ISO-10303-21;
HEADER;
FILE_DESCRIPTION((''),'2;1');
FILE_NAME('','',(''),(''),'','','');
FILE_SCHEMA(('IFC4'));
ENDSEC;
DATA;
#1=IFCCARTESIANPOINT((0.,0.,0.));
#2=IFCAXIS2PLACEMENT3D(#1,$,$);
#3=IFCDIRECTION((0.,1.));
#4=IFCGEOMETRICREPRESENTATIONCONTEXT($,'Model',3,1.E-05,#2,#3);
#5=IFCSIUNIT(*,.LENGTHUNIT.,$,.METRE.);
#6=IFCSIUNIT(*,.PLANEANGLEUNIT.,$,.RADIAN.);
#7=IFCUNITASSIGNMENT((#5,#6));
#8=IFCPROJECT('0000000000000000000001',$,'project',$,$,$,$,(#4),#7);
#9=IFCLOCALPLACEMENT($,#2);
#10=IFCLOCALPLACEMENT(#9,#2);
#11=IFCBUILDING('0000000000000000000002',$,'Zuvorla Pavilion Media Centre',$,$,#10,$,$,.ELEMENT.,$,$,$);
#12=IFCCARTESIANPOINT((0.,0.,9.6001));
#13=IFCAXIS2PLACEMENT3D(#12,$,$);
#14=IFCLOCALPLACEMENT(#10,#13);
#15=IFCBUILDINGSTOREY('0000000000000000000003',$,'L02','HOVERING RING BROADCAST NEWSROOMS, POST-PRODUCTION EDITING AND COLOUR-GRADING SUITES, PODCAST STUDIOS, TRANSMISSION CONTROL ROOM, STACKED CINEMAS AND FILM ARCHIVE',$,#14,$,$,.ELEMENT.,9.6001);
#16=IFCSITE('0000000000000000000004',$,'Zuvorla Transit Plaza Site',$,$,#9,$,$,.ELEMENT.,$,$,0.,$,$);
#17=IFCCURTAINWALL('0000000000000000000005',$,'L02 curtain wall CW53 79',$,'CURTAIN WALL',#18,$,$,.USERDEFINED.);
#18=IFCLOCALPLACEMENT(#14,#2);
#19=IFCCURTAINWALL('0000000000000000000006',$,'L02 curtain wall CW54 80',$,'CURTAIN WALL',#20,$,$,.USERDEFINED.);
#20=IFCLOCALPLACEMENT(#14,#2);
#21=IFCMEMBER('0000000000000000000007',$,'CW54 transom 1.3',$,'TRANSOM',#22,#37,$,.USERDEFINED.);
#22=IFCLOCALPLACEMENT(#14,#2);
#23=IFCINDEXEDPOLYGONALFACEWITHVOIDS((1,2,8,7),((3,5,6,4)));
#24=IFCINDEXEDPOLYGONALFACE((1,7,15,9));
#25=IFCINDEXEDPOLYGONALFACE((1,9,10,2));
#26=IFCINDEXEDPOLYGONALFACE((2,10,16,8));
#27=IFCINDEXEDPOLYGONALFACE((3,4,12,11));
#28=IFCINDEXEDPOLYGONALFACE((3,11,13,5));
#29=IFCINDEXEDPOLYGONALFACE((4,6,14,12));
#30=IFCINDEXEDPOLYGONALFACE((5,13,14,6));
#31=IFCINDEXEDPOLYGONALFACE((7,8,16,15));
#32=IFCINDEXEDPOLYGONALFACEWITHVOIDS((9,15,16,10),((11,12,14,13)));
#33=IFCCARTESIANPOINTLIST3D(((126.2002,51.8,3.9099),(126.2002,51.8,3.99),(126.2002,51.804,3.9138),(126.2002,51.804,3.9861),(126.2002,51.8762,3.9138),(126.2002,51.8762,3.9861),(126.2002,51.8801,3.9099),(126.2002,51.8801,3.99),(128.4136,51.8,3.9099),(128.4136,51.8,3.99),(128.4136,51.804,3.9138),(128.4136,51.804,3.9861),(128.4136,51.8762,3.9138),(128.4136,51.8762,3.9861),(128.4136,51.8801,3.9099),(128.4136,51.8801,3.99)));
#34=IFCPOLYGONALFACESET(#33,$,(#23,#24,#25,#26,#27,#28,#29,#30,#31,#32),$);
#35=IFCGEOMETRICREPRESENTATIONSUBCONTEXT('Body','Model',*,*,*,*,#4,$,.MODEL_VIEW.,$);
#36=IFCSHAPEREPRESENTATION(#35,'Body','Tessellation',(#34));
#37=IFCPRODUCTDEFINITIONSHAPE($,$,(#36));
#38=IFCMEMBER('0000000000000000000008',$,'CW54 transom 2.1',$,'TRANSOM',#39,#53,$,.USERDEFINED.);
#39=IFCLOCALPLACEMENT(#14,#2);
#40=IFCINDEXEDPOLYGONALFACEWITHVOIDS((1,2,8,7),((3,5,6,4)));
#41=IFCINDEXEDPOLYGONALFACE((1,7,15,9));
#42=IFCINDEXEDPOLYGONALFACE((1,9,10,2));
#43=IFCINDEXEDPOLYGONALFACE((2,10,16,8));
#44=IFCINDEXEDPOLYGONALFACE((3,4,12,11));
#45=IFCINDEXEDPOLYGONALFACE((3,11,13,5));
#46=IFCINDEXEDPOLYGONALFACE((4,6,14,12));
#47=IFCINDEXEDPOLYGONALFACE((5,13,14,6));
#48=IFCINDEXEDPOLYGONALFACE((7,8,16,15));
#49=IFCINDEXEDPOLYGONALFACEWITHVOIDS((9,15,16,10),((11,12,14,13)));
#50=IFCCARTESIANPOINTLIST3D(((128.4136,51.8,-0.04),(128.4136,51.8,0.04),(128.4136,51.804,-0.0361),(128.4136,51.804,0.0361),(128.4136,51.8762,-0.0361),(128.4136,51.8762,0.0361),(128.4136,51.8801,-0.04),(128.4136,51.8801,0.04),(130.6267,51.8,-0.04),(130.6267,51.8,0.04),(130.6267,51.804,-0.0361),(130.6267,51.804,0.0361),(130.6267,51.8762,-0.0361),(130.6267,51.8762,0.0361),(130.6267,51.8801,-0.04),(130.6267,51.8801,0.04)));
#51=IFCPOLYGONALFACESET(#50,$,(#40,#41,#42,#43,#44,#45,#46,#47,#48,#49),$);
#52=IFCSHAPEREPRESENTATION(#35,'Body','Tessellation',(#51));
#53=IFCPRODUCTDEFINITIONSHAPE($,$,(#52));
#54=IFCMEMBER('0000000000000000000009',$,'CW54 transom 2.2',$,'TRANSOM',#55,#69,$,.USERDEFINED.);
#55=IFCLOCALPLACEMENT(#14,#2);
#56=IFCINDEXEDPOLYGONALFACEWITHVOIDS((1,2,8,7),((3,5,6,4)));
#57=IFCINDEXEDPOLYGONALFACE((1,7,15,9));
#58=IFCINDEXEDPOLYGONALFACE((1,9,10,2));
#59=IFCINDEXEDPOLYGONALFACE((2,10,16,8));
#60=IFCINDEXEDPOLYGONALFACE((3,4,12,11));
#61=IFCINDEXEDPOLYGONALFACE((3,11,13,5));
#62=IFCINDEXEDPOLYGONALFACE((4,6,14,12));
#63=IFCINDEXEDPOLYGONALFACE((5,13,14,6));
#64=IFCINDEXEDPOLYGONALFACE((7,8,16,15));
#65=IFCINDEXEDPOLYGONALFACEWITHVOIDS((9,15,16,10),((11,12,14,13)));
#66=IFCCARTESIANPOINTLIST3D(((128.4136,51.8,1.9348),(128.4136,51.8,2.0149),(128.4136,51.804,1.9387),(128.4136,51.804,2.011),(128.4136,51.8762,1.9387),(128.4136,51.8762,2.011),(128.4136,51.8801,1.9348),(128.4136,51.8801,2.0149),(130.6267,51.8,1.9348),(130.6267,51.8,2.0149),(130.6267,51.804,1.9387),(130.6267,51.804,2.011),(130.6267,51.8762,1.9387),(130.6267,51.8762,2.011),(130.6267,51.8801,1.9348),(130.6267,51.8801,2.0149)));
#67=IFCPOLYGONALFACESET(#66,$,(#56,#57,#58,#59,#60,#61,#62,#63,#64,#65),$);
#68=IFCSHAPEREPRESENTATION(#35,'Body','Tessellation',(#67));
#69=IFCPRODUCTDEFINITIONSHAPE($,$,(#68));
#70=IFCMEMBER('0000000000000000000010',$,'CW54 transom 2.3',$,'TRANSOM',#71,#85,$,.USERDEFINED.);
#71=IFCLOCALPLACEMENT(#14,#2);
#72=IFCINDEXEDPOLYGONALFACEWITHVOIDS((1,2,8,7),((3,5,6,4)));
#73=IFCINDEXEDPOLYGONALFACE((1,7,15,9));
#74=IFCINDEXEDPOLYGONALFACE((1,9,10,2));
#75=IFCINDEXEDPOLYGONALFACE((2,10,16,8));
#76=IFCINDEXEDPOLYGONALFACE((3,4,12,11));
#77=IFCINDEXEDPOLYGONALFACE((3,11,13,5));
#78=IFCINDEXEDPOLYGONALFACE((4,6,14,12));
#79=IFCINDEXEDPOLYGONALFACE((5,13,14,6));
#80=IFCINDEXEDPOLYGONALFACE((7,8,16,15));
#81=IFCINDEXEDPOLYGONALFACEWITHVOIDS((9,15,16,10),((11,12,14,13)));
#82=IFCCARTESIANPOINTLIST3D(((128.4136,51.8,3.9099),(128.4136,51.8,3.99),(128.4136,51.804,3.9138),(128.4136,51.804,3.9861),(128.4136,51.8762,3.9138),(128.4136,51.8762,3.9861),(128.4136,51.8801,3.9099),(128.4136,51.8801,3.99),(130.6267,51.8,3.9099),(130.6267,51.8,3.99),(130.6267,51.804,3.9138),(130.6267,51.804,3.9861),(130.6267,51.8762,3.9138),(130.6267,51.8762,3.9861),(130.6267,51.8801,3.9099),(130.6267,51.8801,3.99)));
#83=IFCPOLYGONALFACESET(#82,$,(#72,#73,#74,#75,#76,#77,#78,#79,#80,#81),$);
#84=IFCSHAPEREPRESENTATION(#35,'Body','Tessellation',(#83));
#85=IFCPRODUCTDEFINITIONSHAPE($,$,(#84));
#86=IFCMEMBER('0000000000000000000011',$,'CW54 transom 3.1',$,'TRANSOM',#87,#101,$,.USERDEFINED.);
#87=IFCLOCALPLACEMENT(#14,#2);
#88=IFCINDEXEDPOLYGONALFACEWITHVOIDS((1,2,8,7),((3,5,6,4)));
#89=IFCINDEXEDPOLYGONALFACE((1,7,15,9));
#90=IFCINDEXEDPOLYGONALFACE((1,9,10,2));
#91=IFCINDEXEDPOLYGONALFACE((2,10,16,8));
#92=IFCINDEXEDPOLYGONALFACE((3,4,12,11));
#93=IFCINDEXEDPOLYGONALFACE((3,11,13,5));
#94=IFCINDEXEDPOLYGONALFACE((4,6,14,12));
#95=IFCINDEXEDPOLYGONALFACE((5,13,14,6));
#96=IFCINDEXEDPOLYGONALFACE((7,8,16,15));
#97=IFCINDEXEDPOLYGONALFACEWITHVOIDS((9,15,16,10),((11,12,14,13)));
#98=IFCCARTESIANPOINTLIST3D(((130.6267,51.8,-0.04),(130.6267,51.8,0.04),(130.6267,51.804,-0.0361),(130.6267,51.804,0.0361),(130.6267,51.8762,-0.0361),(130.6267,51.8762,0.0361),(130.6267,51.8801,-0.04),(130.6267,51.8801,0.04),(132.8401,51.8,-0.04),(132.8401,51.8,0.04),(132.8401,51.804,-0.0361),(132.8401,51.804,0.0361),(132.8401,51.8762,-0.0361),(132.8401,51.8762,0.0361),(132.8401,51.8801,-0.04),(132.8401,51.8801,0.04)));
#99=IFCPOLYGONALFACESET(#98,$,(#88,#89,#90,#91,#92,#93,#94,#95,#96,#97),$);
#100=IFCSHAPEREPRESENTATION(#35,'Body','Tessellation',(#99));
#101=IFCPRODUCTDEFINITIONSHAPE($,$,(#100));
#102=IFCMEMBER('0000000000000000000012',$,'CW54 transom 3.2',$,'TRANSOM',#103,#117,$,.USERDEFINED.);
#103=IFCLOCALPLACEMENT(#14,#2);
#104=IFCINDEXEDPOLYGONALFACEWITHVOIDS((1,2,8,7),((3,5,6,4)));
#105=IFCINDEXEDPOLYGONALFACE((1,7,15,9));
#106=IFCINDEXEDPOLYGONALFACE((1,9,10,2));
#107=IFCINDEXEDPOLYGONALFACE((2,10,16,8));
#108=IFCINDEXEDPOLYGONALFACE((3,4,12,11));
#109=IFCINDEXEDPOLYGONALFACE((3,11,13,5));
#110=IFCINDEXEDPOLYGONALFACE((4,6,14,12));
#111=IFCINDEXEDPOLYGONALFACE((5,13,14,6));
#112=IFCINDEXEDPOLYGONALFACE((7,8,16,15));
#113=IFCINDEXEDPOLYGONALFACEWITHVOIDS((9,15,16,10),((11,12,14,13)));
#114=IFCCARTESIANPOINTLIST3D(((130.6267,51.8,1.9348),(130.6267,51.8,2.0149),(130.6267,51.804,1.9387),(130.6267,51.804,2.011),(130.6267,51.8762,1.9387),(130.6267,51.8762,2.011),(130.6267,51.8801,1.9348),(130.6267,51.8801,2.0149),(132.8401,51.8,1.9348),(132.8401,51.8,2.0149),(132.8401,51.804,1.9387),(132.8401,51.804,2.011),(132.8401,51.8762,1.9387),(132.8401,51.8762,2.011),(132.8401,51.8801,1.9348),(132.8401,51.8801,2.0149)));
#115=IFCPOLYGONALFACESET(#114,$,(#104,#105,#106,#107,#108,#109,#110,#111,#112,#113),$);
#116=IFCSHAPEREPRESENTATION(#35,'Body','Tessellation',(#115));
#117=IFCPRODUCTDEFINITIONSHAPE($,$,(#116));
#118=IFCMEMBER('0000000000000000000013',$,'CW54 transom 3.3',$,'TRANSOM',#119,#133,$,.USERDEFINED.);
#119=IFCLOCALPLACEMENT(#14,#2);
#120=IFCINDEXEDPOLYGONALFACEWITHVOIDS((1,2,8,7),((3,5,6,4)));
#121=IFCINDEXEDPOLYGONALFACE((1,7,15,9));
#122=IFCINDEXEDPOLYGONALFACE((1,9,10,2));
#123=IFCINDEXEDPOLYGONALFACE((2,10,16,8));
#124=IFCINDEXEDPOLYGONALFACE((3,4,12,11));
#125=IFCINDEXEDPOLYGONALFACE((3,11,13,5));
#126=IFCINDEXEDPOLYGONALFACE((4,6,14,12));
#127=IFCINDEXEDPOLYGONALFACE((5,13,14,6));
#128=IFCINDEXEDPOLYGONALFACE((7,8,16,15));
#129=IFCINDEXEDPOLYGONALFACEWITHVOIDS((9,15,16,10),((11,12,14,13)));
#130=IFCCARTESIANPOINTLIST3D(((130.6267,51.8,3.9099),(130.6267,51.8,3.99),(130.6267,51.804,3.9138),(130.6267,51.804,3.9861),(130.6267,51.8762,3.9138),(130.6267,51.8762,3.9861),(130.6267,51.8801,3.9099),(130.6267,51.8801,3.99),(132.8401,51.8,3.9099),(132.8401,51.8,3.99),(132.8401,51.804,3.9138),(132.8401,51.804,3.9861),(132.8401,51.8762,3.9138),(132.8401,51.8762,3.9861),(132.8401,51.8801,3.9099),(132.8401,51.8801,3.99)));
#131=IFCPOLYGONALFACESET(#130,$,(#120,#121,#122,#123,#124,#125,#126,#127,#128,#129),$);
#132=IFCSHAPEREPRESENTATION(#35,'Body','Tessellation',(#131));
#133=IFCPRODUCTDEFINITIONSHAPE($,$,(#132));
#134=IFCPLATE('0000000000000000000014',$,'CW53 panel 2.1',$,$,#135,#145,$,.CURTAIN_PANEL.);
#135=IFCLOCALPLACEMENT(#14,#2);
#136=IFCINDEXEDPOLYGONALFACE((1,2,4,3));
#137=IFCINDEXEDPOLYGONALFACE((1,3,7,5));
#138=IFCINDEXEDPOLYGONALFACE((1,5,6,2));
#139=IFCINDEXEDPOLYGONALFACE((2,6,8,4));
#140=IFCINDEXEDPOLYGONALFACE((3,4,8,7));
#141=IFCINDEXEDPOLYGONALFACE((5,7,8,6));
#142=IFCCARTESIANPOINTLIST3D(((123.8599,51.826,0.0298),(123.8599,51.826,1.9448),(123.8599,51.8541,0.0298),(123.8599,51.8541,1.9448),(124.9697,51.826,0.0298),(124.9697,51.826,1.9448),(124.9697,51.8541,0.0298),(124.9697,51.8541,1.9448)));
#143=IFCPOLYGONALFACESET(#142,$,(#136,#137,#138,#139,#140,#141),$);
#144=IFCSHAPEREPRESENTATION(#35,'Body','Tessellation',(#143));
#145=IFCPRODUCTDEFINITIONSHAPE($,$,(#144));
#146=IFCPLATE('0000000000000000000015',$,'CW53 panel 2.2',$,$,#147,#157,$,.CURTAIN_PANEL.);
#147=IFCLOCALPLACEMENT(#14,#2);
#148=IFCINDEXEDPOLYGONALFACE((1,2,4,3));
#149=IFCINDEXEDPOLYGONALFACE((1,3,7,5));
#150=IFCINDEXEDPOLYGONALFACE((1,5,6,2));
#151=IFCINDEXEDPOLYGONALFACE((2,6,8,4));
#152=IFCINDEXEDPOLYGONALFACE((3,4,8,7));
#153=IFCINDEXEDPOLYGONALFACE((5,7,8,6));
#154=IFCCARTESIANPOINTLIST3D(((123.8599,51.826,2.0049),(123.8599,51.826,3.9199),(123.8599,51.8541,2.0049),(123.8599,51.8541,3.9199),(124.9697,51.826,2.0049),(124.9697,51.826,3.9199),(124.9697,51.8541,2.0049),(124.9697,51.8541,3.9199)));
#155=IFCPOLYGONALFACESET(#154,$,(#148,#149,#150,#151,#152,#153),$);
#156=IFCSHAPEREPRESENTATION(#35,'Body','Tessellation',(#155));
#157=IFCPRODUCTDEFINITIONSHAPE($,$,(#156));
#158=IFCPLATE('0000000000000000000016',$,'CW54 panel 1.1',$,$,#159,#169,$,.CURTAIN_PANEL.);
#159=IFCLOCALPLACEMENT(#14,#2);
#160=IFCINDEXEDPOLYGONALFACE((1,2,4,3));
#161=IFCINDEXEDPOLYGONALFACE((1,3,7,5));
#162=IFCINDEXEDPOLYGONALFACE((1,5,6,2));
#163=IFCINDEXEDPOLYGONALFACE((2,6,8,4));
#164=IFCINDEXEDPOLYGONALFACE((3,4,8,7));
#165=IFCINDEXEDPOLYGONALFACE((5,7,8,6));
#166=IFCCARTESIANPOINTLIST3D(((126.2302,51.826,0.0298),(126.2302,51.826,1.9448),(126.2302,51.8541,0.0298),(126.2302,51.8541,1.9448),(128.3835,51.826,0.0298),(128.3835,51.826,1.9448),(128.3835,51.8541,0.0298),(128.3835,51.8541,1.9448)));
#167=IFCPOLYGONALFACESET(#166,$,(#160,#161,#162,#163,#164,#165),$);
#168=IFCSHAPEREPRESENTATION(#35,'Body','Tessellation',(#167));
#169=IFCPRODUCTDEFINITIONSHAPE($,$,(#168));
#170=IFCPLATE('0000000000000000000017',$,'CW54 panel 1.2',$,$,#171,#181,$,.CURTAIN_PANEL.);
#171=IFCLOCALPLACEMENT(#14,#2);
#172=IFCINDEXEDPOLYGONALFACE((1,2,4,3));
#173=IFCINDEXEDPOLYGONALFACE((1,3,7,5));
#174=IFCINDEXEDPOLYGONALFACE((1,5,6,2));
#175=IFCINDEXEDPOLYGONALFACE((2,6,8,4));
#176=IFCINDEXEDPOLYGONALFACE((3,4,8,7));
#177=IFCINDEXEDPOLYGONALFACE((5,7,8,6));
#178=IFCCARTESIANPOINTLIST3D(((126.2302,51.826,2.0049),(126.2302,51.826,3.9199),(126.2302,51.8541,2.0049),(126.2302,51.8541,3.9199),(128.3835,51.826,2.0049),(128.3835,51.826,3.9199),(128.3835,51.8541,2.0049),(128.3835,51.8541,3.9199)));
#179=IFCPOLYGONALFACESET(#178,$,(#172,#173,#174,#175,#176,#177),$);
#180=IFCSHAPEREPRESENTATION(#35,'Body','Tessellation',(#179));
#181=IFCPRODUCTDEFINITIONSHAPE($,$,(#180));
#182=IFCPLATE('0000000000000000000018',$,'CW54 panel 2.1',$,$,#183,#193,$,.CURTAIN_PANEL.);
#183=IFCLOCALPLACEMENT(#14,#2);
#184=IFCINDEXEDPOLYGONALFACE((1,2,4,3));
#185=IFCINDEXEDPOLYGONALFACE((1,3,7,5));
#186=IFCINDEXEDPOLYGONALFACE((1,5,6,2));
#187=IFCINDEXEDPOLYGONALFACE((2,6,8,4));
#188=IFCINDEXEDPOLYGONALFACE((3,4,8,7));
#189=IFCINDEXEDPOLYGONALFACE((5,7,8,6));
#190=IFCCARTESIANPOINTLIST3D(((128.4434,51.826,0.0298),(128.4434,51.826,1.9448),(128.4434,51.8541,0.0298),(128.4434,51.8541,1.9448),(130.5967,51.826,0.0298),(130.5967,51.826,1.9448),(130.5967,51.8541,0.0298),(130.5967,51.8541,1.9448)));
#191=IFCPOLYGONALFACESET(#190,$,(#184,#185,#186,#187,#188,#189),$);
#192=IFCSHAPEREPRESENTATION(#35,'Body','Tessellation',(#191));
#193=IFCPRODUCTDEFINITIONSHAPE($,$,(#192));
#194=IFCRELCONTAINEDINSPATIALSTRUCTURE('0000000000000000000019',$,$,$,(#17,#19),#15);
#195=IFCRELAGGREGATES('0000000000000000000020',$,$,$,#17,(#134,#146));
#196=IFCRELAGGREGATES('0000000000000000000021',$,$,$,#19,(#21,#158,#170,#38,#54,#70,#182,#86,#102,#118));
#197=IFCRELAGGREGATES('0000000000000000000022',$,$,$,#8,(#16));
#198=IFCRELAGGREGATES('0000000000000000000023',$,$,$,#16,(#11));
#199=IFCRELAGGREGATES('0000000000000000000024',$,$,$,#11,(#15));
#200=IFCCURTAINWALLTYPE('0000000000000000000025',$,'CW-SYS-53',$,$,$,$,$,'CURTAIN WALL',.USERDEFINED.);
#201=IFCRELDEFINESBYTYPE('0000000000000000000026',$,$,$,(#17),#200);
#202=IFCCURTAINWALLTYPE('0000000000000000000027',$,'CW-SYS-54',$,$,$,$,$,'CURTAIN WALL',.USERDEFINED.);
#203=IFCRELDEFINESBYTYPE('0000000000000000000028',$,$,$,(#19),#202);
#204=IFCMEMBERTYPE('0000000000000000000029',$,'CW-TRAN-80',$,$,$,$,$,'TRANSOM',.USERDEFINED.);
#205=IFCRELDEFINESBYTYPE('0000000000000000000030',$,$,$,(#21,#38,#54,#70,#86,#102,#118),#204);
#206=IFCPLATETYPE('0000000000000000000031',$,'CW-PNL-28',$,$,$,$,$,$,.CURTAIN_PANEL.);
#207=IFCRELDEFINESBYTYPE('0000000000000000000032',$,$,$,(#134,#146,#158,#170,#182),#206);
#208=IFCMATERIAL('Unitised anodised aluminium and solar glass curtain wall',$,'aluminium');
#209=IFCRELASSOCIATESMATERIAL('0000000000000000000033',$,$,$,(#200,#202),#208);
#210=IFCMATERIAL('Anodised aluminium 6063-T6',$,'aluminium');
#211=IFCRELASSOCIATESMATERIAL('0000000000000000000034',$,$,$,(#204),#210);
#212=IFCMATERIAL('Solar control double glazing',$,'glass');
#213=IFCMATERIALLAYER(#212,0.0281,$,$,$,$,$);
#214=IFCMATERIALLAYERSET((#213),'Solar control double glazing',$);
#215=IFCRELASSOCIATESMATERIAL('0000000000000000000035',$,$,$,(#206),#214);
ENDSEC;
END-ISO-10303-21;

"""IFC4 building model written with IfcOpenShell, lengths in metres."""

from ifc_helpers import new_model, si_unit, direction, frame, origin, origin_2d, place, context, subcontext, project, spatial, rectangle, hollow_rectangle, extrude, material, layer, layer_set, material_profile, profile_set, type_object, element, aggregate, save


model = new_model("IFC4")

# Units and contexts
model_context = context("Model", 3, precision=1e-05, world=origin(), true_north=direction((0.0, 1.0)))
body_context = subcontext(model_context, "Body", "Model", "MODEL_VIEW")
ifc_project = project(units=[si_unit("LENGTHUNIT", "METRE"), si_unit("PLANEANGLEUNIT", "RADIAN")], contexts=[model_context])

# Site, building, storey
site_placement = place(None, origin())
site = spatial("IfcSite", under=ifc_project, at=site_placement, Name="Zuvorla Transit Plaza Site", CompositionType="ELEMENT", RefElevation=0.0)
building_placement = place(site_placement, origin())
building = spatial("IfcBuilding", under=site, at=building_placement, Name="Zuvorla Pavilion Media Centre", CompositionType="ELEMENT")
storey_placement = place(building_placement, frame((0.0, 0.0, 9.6001)))
storey = spatial("IfcBuildingStorey", under=building, at=storey_placement, Name="L02", Description="HOVERING RING BROADCAST NEWSROOMS, POST-PRODUCTION EDITING AND COLOUR-GRADING SUITES, PODCAST STUDIOS, TRANSMISSION CONTROL ROOM, STACKED CINEMAS AND FILM ARCHIVE", CompositionType="ELEMENT", Elevation=9.6001)

# Curtain wall
ifc_material_1 = material(Name="Unitised anodised aluminium and solar glass curtain wall", Category="aluminium")
curtain_wall_type_1 = type_object("IfcCurtainWallType", Name="CW-SYS-53", ElementType="CURTAIN WALL", PredefinedType="USERDEFINED", material=ifc_material_1)
curtain_wall_1_placement = place(storey_placement, origin())
curtain_wall_1 = element("IfcCurtainWall", 1, at=curtain_wall_1_placement, inside=storey, type_object=curtain_wall_type_1, Name="L02 curtain wall CW53 79", ObjectType="CURTAIN WALL", PredefinedType="USERDEFINED")
ifc_material_2 = material(Name="Anodised aluminium 6063-T6", Category="aluminium")

# Curtain wall
curtain_wall_type_2 = type_object("IfcCurtainWallType", Name="CW-SYS-54", ElementType="CURTAIN WALL", PredefinedType="USERDEFINED", material=ifc_material_1)
curtain_wall_2_placement = place(storey_placement, origin())
curtain_wall_2 = element("IfcCurtainWall", 2, at=curtain_wall_2_placement, inside=storey, type_object=curtain_wall_type_2, Name="L02 curtain wall CW54 80", ObjectType="CURTAIN WALL", PredefinedType="USERDEFINED")

# Members
ifc_material_profile_1 = material_profile(ifc_material_2, hollow_rectangle(XDim=0.0801, YDim=0.0801, WallThickness=0.0039, at=origin_2d()), Name="ALU TRAN 80x80")
ifc_profile_set_1 = profile_set([ifc_material_profile_1], Name="Anodised aluminium 6063-T6")
member_type_1 = type_object("IfcMemberType", Name="CW-TRAN-80", ElementType="TRANSOM", PredefinedType="USERDEFINED", material=ifc_profile_set_1)
member_1_placement = place(storey_placement, frame((126.2002, 51.8401, 3.95), z_axis=(1.0, 0.0, 0.0), x_axis=(0.0, 1.0, 0.0)))
member_1 = element("IfcMember", 3, at=member_1_placement, type_object=member_type_1, Name="CW54 transom 1.3", ObjectType="TRANSOM", PredefinedType="USERDEFINED", context=body_context, shape_type="SweptSolid", body=[
    extrude(hollow_rectangle(XDim=0.0801, YDim=0.0801, WallThickness=0.0039, at=origin_2d()), origin(), (0.0, 0.0, 1.0), 2.2134),
])
member_2_placement = place(storey_placement, frame((128.4136, 51.8401, 0.0), z_axis=(1.0, 0.0, 0.0), x_axis=(0.0, 1.0, 0.0)))
member_2 = element("IfcMember", 4, at=member_2_placement, type_object=member_type_1, Name="CW54 transom 2.1", ObjectType="TRANSOM", PredefinedType="USERDEFINED", context=body_context, shape_type="SweptSolid", body=[
    extrude(hollow_rectangle(XDim=0.0801, YDim=0.0801, WallThickness=0.0039, at=origin_2d()), origin(), (0.0, 0.0, 1.0), 2.2131),
])
member_3_placement = place(storey_placement, frame((128.4136, 51.8401, 1.9749), z_axis=(1.0, 0.0, 0.0), x_axis=(0.0, 1.0, 0.0)))
member_3 = element("IfcMember", 5, at=member_3_placement, type_object=member_type_1, Name="CW54 transom 2.2", ObjectType="TRANSOM", PredefinedType="USERDEFINED", context=body_context, shape_type="SweptSolid", body=[
    extrude(hollow_rectangle(XDim=0.0801, YDim=0.0801, WallThickness=0.0039, at=origin_2d()), origin(), (0.0, 0.0, 1.0), 2.2131),
])
member_4_placement = place(storey_placement, frame((128.4136, 51.8401, 3.95), z_axis=(1.0, 0.0, 0.0), x_axis=(0.0, 1.0, 0.0)))
member_4 = element("IfcMember", 6, at=member_4_placement, type_object=member_type_1, Name="CW54 transom 2.3", ObjectType="TRANSOM", PredefinedType="USERDEFINED", context=body_context, shape_type="SweptSolid", body=[
    extrude(hollow_rectangle(XDim=0.0801, YDim=0.0801, WallThickness=0.0039, at=origin_2d()), origin(), (0.0, 0.0, 1.0), 2.2131),
])
member_5_placement = place(storey_placement, frame((130.6267, 51.8401, 0.0), z_axis=(1.0, 0.0, 0.0), x_axis=(0.0, 1.0, 0.0)))
member_5 = element("IfcMember", 7, at=member_5_placement, type_object=member_type_1, Name="CW54 transom 3.1", ObjectType="TRANSOM", PredefinedType="USERDEFINED", context=body_context, shape_type="SweptSolid", body=[
    extrude(hollow_rectangle(XDim=0.0801, YDim=0.0801, WallThickness=0.0039, at=origin_2d()), origin(), (0.0, 0.0, 1.0), 2.2134),
])
member_6_placement = place(storey_placement, frame((130.6267, 51.8401, 1.9749), z_axis=(1.0, 0.0, 0.0), x_axis=(0.0, 1.0, 0.0)))
member_6 = element("IfcMember", 8, at=member_6_placement, type_object=member_type_1, Name="CW54 transom 3.2", ObjectType="TRANSOM", PredefinedType="USERDEFINED", context=body_context, shape_type="SweptSolid", body=[
    extrude(hollow_rectangle(XDim=0.0801, YDim=0.0801, WallThickness=0.0039, at=origin_2d()), origin(), (0.0, 0.0, 1.0), 2.2134),
])
member_7_placement = place(storey_placement, frame((130.6267, 51.8401, 3.95), z_axis=(1.0, 0.0, 0.0), x_axis=(0.0, 1.0, 0.0)))
member_7 = element("IfcMember", 9, at=member_7_placement, type_object=member_type_1, Name="CW54 transom 3.3", ObjectType="TRANSOM", PredefinedType="USERDEFINED", context=body_context, shape_type="SweptSolid", body=[
    extrude(hollow_rectangle(XDim=0.0801, YDim=0.0801, WallThickness=0.0039, at=origin_2d()), origin(), (0.0, 0.0, 1.0), 2.2134),
])

# Plates
ifc_material_3 = material(Name="Solar control double glazing", Category="glass")
ifc_layer = layer(ifc_material_3, 0.0281)
ifc_layer_set = layer_set([ifc_layer], Name="Solar control double glazing")
plate_type = type_object("IfcPlateType", Name="CW-PNL-28", PredefinedType="CURTAIN_PANEL", material=ifc_layer_set)
plate_1_placement = place(storey_placement, frame((124.4148, 51.8401, 0.0298), z_axis=(0.0, 0.0, 1.0), x_axis=(1.0, 0.0, 0.0)))
plate_1 = element("IfcPlate", 10, at=plate_1_placement, type_object=plate_type, Name="CW53 panel 2.1", PredefinedType="CURTAIN_PANEL", context=body_context, shape_type="SweptSolid", body=[
    extrude(rectangle(XDim=1.1099, YDim=0.0281, at=origin_2d()), origin(), (0.0, 0.0, 1.0), 1.915),
])
plate_2_placement = place(storey_placement, frame((124.4148, 51.8401, 2.0049), z_axis=(0.0, 0.0, 1.0), x_axis=(1.0, 0.0, 0.0)))
plate_2 = element("IfcPlate", 11, at=plate_2_placement, type_object=plate_type, Name="CW53 panel 2.2", PredefinedType="CURTAIN_PANEL", context=body_context, shape_type="SweptSolid", body=[
    extrude(rectangle(XDim=1.1099, YDim=0.0281, at=origin_2d()), origin(), (0.0, 0.0, 1.0), 1.915),
])
aggregate(curtain_wall_1, [plate_1, plate_2])
plate_3_placement = place(storey_placement, frame((127.3069, 51.8401, 0.0298), z_axis=(0.0, 0.0, 1.0), x_axis=(1.0, 0.0, 0.0)))
plate_3 = element("IfcPlate", 12, at=plate_3_placement, type_object=plate_type, Name="CW54 panel 1.1", PredefinedType="CURTAIN_PANEL", context=body_context, shape_type="SweptSolid", body=[
    extrude(rectangle(XDim=2.1533, YDim=0.0281, at=origin_2d()), origin(), (0.0, 0.0, 1.0), 1.915),
])
plate_4_placement = place(storey_placement, frame((127.3069, 51.8401, 2.0049), z_axis=(0.0, 0.0, 1.0), x_axis=(1.0, 0.0, 0.0)))
plate_4 = element("IfcPlate", 13, at=plate_4_placement, type_object=plate_type, Name="CW54 panel 1.2", PredefinedType="CURTAIN_PANEL", context=body_context, shape_type="SweptSolid", body=[
    extrude(rectangle(XDim=2.1533, YDim=0.0281, at=origin_2d()), origin(), (0.0, 0.0, 1.0), 1.915),
])
plate_5_placement = place(storey_placement, frame((129.52, 51.8401, 0.0298), z_axis=(0.0, 0.0, 1.0), x_axis=(1.0, 0.0, 0.0)))
plate_5 = element("IfcPlate", 14, at=plate_5_placement, type_object=plate_type, Name="CW54 panel 2.1", PredefinedType="CURTAIN_PANEL", context=body_context, shape_type="SweptSolid", body=[
    extrude(rectangle(XDim=2.1533, YDim=0.0281, at=origin_2d()), origin(), (0.0, 0.0, 1.0), 1.915),
])
aggregate(curtain_wall_2, [member_1, plate_3, plate_4, member_2, member_3, member_4, plate_5, member_5, member_6, member_7])

save(model, "model.ifc")
